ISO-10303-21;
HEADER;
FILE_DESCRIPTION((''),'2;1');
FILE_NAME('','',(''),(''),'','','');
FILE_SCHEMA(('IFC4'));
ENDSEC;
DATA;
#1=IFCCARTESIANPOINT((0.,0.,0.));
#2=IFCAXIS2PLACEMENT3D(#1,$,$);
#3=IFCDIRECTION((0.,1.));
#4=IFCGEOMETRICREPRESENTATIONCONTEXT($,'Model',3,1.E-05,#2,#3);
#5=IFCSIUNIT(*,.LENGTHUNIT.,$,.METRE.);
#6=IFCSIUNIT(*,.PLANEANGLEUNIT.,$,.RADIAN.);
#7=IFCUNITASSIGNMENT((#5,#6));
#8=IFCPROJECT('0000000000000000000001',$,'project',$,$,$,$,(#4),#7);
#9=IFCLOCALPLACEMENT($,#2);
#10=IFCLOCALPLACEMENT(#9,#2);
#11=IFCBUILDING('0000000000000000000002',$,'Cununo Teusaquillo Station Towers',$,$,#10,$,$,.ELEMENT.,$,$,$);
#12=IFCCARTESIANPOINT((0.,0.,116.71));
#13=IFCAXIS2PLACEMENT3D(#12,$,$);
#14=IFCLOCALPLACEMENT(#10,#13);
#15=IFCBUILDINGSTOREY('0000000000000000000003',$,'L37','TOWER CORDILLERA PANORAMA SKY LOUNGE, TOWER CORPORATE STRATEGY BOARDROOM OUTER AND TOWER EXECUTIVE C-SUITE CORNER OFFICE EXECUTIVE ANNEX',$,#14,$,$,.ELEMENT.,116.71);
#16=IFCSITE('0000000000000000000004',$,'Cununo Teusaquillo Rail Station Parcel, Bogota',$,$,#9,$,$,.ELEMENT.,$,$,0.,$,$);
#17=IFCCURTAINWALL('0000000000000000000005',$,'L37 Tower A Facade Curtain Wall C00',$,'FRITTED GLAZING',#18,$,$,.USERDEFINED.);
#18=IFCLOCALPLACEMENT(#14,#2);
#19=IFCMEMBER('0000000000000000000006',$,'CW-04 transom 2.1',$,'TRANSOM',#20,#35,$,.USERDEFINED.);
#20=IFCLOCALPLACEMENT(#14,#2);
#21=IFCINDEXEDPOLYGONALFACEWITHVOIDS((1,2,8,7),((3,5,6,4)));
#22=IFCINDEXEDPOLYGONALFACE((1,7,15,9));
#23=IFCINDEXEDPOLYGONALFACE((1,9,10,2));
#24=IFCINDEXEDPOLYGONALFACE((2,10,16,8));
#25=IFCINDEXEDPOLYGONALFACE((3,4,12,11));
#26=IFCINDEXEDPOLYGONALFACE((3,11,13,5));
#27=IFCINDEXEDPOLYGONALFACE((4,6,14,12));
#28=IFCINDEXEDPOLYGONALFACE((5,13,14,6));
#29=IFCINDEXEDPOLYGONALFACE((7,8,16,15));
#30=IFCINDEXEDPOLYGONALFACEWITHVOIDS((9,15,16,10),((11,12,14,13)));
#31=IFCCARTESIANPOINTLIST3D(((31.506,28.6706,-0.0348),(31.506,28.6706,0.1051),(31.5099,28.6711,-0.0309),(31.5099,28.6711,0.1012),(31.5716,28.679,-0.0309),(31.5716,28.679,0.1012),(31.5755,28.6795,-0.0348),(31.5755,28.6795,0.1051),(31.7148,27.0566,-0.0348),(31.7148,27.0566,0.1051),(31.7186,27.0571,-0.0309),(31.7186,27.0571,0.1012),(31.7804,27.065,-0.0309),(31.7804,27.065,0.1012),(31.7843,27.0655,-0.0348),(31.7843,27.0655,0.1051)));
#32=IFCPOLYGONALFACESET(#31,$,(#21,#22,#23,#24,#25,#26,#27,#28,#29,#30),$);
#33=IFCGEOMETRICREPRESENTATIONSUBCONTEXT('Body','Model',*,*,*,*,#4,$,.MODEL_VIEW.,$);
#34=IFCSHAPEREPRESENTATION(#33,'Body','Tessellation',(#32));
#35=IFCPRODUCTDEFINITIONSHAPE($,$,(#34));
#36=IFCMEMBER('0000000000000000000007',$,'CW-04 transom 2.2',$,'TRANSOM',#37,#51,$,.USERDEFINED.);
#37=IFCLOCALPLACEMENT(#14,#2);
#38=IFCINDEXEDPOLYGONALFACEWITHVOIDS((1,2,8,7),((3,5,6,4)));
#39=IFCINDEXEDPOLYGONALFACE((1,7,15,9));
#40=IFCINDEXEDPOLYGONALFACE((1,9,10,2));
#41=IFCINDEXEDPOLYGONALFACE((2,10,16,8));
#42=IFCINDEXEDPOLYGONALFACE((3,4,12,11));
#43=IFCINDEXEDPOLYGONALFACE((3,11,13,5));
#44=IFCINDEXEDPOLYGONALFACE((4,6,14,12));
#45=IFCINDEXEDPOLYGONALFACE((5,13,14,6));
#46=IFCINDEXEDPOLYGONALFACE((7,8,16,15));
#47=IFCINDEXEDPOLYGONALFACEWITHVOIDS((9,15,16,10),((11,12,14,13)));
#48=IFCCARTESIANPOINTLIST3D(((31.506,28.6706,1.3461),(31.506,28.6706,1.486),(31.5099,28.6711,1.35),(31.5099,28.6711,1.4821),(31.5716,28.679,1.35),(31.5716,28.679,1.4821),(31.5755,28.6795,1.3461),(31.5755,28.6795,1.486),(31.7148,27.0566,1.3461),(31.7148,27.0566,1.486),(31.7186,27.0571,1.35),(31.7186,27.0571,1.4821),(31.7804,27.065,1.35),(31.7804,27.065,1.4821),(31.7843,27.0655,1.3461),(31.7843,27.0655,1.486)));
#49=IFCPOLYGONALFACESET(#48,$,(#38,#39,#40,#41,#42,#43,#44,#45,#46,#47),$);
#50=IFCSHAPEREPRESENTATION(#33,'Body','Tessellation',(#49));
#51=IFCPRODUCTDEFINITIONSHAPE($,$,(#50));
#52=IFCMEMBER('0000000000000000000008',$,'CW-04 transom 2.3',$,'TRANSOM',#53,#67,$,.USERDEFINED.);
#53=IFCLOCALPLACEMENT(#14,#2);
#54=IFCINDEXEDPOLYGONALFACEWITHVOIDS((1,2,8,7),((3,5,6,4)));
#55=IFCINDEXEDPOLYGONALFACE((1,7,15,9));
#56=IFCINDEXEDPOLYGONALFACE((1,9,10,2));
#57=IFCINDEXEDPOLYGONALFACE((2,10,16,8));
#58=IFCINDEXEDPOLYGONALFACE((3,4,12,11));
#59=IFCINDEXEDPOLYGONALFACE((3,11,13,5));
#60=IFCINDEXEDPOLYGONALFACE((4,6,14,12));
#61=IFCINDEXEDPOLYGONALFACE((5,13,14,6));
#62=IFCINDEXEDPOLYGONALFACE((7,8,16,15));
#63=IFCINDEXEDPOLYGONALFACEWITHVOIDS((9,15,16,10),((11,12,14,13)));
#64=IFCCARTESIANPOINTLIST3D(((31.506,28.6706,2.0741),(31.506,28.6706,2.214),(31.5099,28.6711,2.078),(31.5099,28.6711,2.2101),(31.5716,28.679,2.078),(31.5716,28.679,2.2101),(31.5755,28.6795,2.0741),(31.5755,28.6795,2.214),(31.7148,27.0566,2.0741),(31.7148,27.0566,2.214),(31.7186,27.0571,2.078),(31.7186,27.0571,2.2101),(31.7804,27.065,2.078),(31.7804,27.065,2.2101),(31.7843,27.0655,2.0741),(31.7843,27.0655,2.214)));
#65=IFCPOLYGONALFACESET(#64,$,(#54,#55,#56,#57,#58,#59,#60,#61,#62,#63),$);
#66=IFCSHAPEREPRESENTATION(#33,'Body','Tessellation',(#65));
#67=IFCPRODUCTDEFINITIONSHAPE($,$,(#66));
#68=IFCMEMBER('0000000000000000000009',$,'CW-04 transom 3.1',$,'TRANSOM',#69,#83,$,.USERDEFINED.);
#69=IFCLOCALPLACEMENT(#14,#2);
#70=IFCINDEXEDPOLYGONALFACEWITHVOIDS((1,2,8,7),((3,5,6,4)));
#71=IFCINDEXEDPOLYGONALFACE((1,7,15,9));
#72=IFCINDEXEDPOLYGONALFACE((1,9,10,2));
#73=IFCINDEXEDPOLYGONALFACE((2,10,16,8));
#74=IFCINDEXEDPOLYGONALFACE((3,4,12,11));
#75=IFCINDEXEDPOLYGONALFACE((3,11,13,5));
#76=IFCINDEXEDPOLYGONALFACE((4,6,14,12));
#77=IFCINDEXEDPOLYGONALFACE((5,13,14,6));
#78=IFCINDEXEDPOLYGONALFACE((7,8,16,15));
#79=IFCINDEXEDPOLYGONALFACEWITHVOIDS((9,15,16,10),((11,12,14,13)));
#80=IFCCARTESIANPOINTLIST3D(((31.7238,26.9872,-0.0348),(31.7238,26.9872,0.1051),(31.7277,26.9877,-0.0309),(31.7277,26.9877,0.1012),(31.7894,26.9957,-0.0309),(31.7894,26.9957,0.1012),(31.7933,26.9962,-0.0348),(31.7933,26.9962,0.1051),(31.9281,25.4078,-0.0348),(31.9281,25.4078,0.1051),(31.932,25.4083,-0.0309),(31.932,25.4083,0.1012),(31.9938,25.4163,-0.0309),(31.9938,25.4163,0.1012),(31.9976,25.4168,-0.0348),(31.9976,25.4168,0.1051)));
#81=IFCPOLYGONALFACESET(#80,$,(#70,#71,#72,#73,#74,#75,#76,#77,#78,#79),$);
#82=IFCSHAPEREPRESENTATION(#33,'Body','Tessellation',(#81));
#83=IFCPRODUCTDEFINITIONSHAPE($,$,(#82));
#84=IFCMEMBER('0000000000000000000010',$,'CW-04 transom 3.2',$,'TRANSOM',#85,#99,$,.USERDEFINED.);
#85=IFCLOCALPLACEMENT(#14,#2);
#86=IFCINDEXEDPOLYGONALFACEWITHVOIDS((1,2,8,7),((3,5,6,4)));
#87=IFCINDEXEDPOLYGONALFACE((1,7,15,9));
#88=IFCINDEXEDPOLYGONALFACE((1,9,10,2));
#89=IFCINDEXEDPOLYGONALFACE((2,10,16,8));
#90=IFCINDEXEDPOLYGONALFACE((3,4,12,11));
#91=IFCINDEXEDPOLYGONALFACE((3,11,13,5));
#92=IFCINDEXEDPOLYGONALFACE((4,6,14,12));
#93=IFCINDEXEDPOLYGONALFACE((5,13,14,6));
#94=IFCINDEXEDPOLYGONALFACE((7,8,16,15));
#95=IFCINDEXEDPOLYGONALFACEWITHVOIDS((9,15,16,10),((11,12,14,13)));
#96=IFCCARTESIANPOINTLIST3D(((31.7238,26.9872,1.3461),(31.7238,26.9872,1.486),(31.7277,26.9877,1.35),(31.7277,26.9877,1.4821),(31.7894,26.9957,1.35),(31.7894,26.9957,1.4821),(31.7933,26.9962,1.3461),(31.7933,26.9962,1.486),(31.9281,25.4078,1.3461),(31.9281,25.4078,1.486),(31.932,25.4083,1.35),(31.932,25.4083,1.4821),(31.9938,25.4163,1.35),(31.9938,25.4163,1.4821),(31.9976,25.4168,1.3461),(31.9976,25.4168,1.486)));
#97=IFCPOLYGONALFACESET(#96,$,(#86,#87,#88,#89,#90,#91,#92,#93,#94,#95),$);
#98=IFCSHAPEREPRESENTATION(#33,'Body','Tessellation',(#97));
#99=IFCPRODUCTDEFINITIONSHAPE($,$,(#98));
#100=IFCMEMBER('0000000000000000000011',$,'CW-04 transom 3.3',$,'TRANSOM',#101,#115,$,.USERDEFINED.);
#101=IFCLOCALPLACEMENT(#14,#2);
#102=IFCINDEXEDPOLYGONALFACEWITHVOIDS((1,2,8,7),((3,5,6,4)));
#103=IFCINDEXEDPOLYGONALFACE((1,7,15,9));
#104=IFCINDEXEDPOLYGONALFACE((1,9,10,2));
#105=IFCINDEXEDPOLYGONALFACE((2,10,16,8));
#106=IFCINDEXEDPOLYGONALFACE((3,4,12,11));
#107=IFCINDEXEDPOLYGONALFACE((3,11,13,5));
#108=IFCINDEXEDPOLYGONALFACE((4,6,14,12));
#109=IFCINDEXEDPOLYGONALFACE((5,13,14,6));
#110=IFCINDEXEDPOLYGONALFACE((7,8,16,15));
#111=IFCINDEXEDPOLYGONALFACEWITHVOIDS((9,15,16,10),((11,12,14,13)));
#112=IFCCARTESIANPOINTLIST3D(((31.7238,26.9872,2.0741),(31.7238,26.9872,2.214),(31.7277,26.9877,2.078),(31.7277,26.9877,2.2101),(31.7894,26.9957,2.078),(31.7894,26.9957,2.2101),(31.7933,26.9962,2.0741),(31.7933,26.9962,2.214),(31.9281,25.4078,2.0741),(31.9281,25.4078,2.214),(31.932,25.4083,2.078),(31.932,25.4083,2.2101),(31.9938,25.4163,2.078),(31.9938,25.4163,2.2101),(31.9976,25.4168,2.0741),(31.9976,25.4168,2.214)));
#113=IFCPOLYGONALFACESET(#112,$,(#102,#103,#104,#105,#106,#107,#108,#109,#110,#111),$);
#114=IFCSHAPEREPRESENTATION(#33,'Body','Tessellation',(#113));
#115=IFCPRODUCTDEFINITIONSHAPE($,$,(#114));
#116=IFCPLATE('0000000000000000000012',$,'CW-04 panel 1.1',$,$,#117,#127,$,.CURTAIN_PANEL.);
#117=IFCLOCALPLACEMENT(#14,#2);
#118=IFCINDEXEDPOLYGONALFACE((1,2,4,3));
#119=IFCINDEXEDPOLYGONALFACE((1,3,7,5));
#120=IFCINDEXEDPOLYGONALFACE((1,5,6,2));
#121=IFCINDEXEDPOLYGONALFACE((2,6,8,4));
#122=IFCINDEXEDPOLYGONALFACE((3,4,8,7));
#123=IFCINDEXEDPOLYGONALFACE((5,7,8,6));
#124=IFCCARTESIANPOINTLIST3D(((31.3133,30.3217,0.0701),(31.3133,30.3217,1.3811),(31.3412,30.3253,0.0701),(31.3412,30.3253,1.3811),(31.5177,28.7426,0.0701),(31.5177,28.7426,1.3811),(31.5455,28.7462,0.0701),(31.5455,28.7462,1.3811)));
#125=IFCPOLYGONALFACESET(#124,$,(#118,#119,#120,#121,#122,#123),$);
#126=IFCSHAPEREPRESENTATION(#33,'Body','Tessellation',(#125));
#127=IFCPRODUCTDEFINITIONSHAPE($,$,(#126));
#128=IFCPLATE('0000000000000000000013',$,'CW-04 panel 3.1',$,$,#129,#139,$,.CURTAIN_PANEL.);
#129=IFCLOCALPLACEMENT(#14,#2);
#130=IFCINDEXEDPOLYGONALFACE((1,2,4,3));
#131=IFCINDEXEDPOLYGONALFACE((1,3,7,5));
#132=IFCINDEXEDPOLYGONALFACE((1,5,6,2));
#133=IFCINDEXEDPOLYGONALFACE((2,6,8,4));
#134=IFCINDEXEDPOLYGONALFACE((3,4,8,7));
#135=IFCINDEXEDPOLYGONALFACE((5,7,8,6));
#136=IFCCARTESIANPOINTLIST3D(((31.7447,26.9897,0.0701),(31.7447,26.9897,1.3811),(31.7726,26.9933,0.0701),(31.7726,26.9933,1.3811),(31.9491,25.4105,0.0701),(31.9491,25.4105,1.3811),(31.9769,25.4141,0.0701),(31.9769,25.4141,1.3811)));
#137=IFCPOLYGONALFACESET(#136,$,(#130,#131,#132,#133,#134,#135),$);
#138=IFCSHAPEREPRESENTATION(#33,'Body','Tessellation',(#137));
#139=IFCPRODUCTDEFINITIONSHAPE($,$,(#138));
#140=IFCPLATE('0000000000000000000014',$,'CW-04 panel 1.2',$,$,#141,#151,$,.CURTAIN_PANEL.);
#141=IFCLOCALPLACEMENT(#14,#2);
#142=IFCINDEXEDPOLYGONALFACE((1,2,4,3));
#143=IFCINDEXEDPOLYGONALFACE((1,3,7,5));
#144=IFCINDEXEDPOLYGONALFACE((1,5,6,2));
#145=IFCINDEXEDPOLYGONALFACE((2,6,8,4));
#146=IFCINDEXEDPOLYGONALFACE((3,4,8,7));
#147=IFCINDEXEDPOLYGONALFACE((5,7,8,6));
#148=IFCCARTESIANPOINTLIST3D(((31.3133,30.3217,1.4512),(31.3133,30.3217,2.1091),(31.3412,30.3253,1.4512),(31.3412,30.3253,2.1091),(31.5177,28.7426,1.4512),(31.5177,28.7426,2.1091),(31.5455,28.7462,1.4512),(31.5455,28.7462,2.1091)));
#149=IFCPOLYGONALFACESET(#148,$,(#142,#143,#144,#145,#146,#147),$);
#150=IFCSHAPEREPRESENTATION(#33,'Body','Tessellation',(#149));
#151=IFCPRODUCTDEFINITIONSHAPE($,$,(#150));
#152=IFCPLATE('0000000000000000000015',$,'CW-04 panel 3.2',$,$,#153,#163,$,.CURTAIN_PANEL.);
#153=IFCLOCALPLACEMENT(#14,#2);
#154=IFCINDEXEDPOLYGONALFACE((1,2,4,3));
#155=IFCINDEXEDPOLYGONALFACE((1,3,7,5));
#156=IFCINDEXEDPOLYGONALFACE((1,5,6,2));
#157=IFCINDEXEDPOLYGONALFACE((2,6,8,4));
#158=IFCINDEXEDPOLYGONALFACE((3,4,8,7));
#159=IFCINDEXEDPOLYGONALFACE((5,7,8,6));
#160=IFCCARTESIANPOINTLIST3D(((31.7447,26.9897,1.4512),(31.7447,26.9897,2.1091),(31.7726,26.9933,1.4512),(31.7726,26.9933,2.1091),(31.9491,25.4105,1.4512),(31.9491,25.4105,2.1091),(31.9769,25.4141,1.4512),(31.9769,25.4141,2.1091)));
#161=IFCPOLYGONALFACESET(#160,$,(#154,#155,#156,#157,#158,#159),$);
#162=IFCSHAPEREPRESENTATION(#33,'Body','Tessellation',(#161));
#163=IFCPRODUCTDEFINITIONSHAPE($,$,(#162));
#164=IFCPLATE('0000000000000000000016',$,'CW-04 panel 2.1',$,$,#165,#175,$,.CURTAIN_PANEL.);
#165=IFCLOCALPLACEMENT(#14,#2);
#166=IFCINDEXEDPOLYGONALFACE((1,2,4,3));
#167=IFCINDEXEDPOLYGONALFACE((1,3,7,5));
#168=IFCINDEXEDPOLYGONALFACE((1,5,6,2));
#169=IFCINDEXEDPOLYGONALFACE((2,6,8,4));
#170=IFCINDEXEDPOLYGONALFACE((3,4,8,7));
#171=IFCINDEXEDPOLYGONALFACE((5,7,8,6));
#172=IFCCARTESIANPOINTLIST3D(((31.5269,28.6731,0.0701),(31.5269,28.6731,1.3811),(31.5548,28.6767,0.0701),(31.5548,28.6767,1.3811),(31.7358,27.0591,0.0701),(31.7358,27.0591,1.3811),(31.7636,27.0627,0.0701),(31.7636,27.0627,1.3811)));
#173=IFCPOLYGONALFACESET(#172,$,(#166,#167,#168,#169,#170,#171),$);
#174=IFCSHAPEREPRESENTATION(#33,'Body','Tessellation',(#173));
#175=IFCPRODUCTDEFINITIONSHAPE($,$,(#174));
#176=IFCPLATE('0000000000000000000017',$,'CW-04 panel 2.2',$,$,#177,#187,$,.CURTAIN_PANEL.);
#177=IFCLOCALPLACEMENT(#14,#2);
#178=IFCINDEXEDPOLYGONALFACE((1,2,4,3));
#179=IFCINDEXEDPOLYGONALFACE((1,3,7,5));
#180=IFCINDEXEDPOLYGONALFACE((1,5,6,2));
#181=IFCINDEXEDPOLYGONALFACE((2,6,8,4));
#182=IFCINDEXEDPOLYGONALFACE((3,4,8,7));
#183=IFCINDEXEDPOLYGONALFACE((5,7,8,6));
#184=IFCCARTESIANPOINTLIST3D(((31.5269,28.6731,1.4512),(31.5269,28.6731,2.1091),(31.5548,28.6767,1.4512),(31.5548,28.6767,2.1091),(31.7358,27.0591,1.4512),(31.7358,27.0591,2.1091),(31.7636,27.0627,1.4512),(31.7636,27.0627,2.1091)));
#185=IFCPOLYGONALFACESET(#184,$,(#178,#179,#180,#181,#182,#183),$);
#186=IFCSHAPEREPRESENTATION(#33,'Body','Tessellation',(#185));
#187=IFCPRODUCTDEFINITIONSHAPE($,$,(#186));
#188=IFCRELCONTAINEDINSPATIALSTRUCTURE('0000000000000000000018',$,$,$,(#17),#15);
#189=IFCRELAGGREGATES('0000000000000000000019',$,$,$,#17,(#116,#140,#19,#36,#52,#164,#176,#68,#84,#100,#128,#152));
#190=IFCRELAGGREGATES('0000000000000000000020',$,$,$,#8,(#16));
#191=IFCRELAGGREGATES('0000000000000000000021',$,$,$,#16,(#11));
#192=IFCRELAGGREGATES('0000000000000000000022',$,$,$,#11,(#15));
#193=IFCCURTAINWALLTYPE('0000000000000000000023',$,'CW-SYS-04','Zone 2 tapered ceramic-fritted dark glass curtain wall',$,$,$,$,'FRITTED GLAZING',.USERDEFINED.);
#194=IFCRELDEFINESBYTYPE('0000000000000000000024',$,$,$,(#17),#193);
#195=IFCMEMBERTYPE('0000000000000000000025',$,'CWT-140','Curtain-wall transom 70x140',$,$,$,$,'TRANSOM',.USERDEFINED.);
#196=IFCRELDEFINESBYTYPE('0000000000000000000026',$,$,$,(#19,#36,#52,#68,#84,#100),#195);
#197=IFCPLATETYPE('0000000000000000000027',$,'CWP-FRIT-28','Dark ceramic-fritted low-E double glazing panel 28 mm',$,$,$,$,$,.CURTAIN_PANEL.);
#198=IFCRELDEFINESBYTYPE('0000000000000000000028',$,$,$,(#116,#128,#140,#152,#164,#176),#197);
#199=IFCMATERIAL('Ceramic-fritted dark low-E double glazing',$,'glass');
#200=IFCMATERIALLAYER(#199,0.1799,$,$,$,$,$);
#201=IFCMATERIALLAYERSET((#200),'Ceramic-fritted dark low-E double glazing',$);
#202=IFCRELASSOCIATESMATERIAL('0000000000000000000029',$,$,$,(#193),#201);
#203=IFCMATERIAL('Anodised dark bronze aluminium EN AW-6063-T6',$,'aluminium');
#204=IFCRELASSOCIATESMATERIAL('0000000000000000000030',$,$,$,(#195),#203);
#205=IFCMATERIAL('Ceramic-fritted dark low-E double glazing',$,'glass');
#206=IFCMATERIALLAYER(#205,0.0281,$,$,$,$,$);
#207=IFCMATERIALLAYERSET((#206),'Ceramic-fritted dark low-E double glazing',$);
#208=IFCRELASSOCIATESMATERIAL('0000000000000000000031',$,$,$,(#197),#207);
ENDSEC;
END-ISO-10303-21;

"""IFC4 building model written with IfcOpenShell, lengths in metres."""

from ifc_helpers import new_model, si_unit, direction, frame, origin, origin_2d, place, context, subcontext, project, spatial, rectangle, hollow_rectangle, extrude, source, transform, mapped, material, layer, layer_set, material_profile, profile_set, type_object, element, aggregate, save


model = new_model("IFC4")

# Units and contexts
model_context = context("Model", 3, precision=1e-05, world=origin(), true_north=direction((0.0, 1.0)))
body_context = subcontext(model_context, "Body", "Model", "MODEL_VIEW")
ifc_project = project(units=[si_unit("LENGTHUNIT", "METRE"), si_unit("PLANEANGLEUNIT", "RADIAN")], contexts=[model_context])

# Site, building, storey
site_placement = place(None, origin())
site = spatial("IfcSite", under=ifc_project, at=site_placement, Name="Cununo Teusaquillo Rail Station Parcel, Bogota", CompositionType="ELEMENT", RefElevation=0.0)
building_placement = place(site_placement, origin())
building = spatial("IfcBuilding", under=site, at=building_placement, Name="Cununo Teusaquillo Station Towers", CompositionType="ELEMENT")
storey_placement = place(building_placement, frame((0.0, 0.0, 116.71)))
storey = spatial("IfcBuildingStorey", under=building, at=storey_placement, Name="L37", Description="TOWER CORDILLERA PANORAMA SKY LOUNGE, TOWER CORPORATE STRATEGY BOARDROOM OUTER AND TOWER EXECUTIVE C-SUITE CORNER OFFICE EXECUTIVE ANNEX", CompositionType="ELEMENT", Elevation=116.71)

# Curtain wall, members, plates
ifc_material_1 = material(Name="Ceramic-fritted dark low-E double glazing", Category="glass")
ifc_layer_1 = layer(ifc_material_1, 0.1799)
ifc_layer_set_1 = layer_set([ifc_layer_1], Name="Ceramic-fritted dark low-E double glazing")
curtain_wall_type = type_object("IfcCurtainWallType", Name="CW-SYS-04", Description="Zone 2 tapered ceramic-fritted dark glass curtain wall", ElementType="FRITTED GLAZING", PredefinedType="USERDEFINED", material=ifc_layer_set_1)
curtain_wall_placement = place(storey_placement, origin())
curtain_wall = element("IfcCurtainWall", 1, at=curtain_wall_placement, inside=storey, type_object=curtain_wall_type, Name="L37 Tower A Facade Curtain Wall C00", ObjectType="FRITTED GLAZING", PredefinedType="USERDEFINED")
ifc_material_2 = material(Name="Anodised dark bronze aluminium EN AW-6063-T6", Category="aluminium")
ifc_material_profile_1 = material_profile(ifc_material_2, hollow_rectangle(XDim=0.0701, YDim=0.1399, WallThickness=0.0039, at=origin_2d()), Name="CW-TRAN-70x140")
ifc_profile_set_1 = profile_set([ifc_material_profile_1], Name="Anodised dark bronze aluminium EN AW-6063-T6")
member_type_1 = type_object("IfcMemberType", Name="CWT-140", Description="Curtain-wall transom 70x140", ElementType="TRANSOM", PredefinedType="USERDEFINED", material=ifc_profile_set_1)
member_1_placement = place(storey_placement, frame((31.5408, 28.675, 0.0352), z_axis=(0.128262, -0.99174, 0.0), x_axis=(0.99174, 0.128262, 0.0)))
member_1 = element("IfcMember", 2, at=member_1_placement, type_object=member_type_1, Name="CW-04 transom 2.1", ObjectType="TRANSOM", PredefinedType="USERDEFINED", context=body_context, shape_type="SweptSolid", body=[
    extrude(hollow_rectangle(XDim=0.0701, YDim=0.1399, WallThickness=0.0039, at=origin_2d()), origin(), (0.0, 0.0, 1.0), 1.6274),
])
member_2_placement = place(storey_placement, frame((31.5408, 28.675, 1.416), z_axis=(0.128262, -0.99174, 0.0), x_axis=(0.99174, 0.128262, 0.0)))
member_2 = element("IfcMember", 3, at=member_2_placement, type_object=member_type_1, Name="CW-04 transom 2.2", ObjectType="TRANSOM", PredefinedType="USERDEFINED", context=body_context, shape_type="SweptSolid", body=[
    extrude(hollow_rectangle(XDim=0.0701, YDim=0.1399, WallThickness=0.0039, at=origin_2d()), origin(), (0.0, 0.0, 1.0), 1.6274),
])
member_3_placement = place(storey_placement, frame((31.5408, 28.675, 2.144), z_axis=(0.128262, -0.99174, 0.0), x_axis=(0.99174, 0.128262, 0.0)))
member_3 = element("IfcMember", 4, at=member_3_placement, type_object=member_type_1, Name="CW-04 transom 2.3", ObjectType="TRANSOM", PredefinedType="USERDEFINED", context=body_context, shape_type="SweptSolid", body=[
    extrude(hollow_rectangle(XDim=0.0701, YDim=0.1399, WallThickness=0.0039, at=origin_2d()), origin(), (0.0, 0.0, 1.0), 1.6274),
])
member_4_placement = place(storey_placement, frame((31.7585, 26.9917, 0.0352), z_axis=(0.128317, -0.991733, 0.0), x_axis=(0.991733, 0.128317, 0.0)))
member_4 = element("IfcMember", 5, at=member_4_placement, type_object=member_type_1, Name="CW-04 transom 3.1", ObjectType="TRANSOM", PredefinedType="USERDEFINED", context=body_context, shape_type="SweptSolid", body=[
    extrude(hollow_rectangle(XDim=0.0701, YDim=0.1399, WallThickness=0.0039, at=origin_2d()), origin(), (0.0, 0.0, 1.0), 1.5925),
])
member_5_placement = place(storey_placement, frame((31.7585, 26.9917, 1.416), z_axis=(0.128317, -0.991733, 0.0), x_axis=(0.991733, 0.128317, 0.0)))
member_5 = element("IfcMember", 6, at=member_5_placement, type_object=member_type_1, Name="CW-04 transom 3.2", ObjectType="TRANSOM", PredefinedType="USERDEFINED", context=body_context, shape_type="SweptSolid", body=[
    extrude(hollow_rectangle(XDim=0.0701, YDim=0.1399, WallThickness=0.0039, at=origin_2d()), origin(), (0.0, 0.0, 1.0), 1.5925),
])
member_6_placement = place(storey_placement, frame((31.7585, 26.9917, 2.144), z_axis=(0.128317, -0.991733, 0.0), x_axis=(0.991733, 0.128317, 0.0)))
member_6 = element("IfcMember", 7, at=member_6_placement, type_object=member_type_1, Name="CW-04 transom 3.3", ObjectType="TRANSOM", PredefinedType="USERDEFINED", context=body_context, shape_type="SweptSolid", body=[
    extrude(hollow_rectangle(XDim=0.0701, YDim=0.1399, WallThickness=0.0039, at=origin_2d()), origin(), (0.0, 0.0, 1.0), 1.5925),
])
ifc_material_3 = material(Name="Ceramic-fritted dark low-E double glazing", Category="glass")
ifc_layer_2 = layer(ifc_material_3, 0.0281)
ifc_layer_set_2 = layer_set([ifc_layer_2], Name="Ceramic-fritted dark low-E double glazing")
plate_type = type_object("IfcPlateType", Name="CWP-FRIT-28", Description="Dark ceramic-fritted low-E double glazing panel 28 mm", PredefinedType="CURTAIN_PANEL", material=ifc_layer_set_2)
shared_shape_1 = source(origin(), body_context, "Body", "SweptSolid", [
    extrude(rectangle(XDim=1.5923, YDim=0.0281, at=origin_2d()), origin(), (0.0, 0.0, 1.0), 1.311),
])
plate_1_placement = place(storey_placement, frame((31.4294, 29.5339, 0.0701), z_axis=(0.0, 0.0, 1.0), x_axis=(0.128336, -0.991731, 0.0)))
plate_1 = element("IfcPlate", 8, at=plate_1_placement, type_object=plate_type, Name="CW-04 panel 1.1", PredefinedType="CURTAIN_PANEL", context=body_context, shape_type="MappedRepresentation", body=[
    mapped(shared_shape_1, transform((0.0, 0.0, 0.0), x_axis=(1.0, 0.0, 0.0), y_axis=(0.0, 1.0, 0.0), z_axis=(0.0, 0.0, 1.0), scale=1.0)),
])
plate_2_placement = place(storey_placement, frame((31.8608, 26.2019, 0.0701), z_axis=(0.0, 0.0, 1.0), x_axis=(0.128336, -0.991731, 0.0)))
plate_2 = element("IfcPlate", 9, at=plate_2_placement, type_object=plate_type, Name="CW-04 panel 3.1", PredefinedType="CURTAIN_PANEL", context=body_context, shape_type="MappedRepresentation", body=[
    mapped(shared_shape_1, transform((0.0, 0.0, 0.0), x_axis=(1.0, 0.0, 0.0), y_axis=(0.0, 1.0, 0.0), z_axis=(0.0, 0.0, 1.0), scale=1.0)),
])
shared_shape_2 = source(origin(), body_context, "Body", "SweptSolid", [
    extrude(rectangle(XDim=1.5923, YDim=0.0281, at=origin_2d()), origin(), (0.0, 0.0, 1.0), 0.658),
])
plate_3_placement = place(storey_placement, frame((31.4294, 29.5339, 1.4512), z_axis=(0.0, 0.0, 1.0), x_axis=(0.128336, -0.991731, 0.0)))
plate_3 = element("IfcPlate", 10, at=plate_3_placement, type_object=plate_type, Name="CW-04 panel 1.2", PredefinedType="CURTAIN_PANEL", context=body_context, shape_type="MappedRepresentation", body=[
    mapped(shared_shape_2, transform((0.0, 0.0, 0.0), x_axis=(1.0, 0.0, 0.0), y_axis=(0.0, 1.0, 0.0), z_axis=(0.0, 0.0, 1.0), scale=1.0)),
])
plate_4_placement = place(storey_placement, frame((31.8608, 26.2019, 1.4512), z_axis=(0.0, 0.0, 1.0), x_axis=(0.128336, -0.991731, 0.0)))
plate_4 = element("IfcPlate", 11, at=plate_4_placement, type_object=plate_type, Name="CW-04 panel 3.2", PredefinedType="CURTAIN_PANEL", context=body_context, shape_type="MappedRepresentation", body=[
    mapped(shared_shape_2, transform((0.0, 0.0, 0.0), x_axis=(1.0, 0.0, 0.0), y_axis=(0.0, 1.0, 0.0), z_axis=(0.0, 0.0, 1.0), scale=1.0)),
])
shared_shape_3 = source(origin(), body_context, "Body", "SweptSolid", [
    extrude(rectangle(XDim=1.6274, YDim=0.0281, at=origin_2d()), origin(), (0.0, 0.0, 1.0), 1.311),
])
plate_5_placement = place(storey_placement, frame((31.6453, 27.8679, 0.0701), z_axis=(0.0, 0.0, 1.0), x_axis=(0.128336, -0.991731, 0.0)))
plate_5 = element("IfcPlate", 12, at=plate_5_placement, type_object=plate_type, Name="CW-04 panel 2.1", PredefinedType="CURTAIN_PANEL", context=body_context, shape_type="MappedRepresentation", body=[
    mapped(shared_shape_3, transform((0.0, 0.0, 0.0), x_axis=(1.0, 0.0, 0.0), y_axis=(0.0, 1.0, 0.0), z_axis=(0.0, 0.0, 1.0), scale=1.0)),
])
shared_shape_4 = source(origin(), body_context, "Body", "SweptSolid", [
    extrude(rectangle(XDim=1.6274, YDim=0.0281, at=origin_2d()), origin(), (0.0, 0.0, 1.0), 0.658),
])
plate_6_placement = place(storey_placement, frame((31.6453, 27.8679, 1.4512), z_axis=(0.0, 0.0, 1.0), x_axis=(0.128336, -0.991731, 0.0)))
plate_6 = element("IfcPlate", 13, at=plate_6_placement, type_object=plate_type, Name="CW-04 panel 2.2", PredefinedType="CURTAIN_PANEL", context=body_context, shape_type="MappedRepresentation", body=[
    mapped(shared_shape_4, transform((0.0, 0.0, 0.0), x_axis=(1.0, 0.0, 0.0), y_axis=(0.0, 1.0, 0.0), z_axis=(0.0, 0.0, 1.0), scale=1.0)),
])
aggregate(curtain_wall, [plate_1, plate_3, member_1, member_2, member_3, plate_5, plate_6, member_4, member_5, member_6, plate_2, plate_4])

save(model, "model.ifc")
